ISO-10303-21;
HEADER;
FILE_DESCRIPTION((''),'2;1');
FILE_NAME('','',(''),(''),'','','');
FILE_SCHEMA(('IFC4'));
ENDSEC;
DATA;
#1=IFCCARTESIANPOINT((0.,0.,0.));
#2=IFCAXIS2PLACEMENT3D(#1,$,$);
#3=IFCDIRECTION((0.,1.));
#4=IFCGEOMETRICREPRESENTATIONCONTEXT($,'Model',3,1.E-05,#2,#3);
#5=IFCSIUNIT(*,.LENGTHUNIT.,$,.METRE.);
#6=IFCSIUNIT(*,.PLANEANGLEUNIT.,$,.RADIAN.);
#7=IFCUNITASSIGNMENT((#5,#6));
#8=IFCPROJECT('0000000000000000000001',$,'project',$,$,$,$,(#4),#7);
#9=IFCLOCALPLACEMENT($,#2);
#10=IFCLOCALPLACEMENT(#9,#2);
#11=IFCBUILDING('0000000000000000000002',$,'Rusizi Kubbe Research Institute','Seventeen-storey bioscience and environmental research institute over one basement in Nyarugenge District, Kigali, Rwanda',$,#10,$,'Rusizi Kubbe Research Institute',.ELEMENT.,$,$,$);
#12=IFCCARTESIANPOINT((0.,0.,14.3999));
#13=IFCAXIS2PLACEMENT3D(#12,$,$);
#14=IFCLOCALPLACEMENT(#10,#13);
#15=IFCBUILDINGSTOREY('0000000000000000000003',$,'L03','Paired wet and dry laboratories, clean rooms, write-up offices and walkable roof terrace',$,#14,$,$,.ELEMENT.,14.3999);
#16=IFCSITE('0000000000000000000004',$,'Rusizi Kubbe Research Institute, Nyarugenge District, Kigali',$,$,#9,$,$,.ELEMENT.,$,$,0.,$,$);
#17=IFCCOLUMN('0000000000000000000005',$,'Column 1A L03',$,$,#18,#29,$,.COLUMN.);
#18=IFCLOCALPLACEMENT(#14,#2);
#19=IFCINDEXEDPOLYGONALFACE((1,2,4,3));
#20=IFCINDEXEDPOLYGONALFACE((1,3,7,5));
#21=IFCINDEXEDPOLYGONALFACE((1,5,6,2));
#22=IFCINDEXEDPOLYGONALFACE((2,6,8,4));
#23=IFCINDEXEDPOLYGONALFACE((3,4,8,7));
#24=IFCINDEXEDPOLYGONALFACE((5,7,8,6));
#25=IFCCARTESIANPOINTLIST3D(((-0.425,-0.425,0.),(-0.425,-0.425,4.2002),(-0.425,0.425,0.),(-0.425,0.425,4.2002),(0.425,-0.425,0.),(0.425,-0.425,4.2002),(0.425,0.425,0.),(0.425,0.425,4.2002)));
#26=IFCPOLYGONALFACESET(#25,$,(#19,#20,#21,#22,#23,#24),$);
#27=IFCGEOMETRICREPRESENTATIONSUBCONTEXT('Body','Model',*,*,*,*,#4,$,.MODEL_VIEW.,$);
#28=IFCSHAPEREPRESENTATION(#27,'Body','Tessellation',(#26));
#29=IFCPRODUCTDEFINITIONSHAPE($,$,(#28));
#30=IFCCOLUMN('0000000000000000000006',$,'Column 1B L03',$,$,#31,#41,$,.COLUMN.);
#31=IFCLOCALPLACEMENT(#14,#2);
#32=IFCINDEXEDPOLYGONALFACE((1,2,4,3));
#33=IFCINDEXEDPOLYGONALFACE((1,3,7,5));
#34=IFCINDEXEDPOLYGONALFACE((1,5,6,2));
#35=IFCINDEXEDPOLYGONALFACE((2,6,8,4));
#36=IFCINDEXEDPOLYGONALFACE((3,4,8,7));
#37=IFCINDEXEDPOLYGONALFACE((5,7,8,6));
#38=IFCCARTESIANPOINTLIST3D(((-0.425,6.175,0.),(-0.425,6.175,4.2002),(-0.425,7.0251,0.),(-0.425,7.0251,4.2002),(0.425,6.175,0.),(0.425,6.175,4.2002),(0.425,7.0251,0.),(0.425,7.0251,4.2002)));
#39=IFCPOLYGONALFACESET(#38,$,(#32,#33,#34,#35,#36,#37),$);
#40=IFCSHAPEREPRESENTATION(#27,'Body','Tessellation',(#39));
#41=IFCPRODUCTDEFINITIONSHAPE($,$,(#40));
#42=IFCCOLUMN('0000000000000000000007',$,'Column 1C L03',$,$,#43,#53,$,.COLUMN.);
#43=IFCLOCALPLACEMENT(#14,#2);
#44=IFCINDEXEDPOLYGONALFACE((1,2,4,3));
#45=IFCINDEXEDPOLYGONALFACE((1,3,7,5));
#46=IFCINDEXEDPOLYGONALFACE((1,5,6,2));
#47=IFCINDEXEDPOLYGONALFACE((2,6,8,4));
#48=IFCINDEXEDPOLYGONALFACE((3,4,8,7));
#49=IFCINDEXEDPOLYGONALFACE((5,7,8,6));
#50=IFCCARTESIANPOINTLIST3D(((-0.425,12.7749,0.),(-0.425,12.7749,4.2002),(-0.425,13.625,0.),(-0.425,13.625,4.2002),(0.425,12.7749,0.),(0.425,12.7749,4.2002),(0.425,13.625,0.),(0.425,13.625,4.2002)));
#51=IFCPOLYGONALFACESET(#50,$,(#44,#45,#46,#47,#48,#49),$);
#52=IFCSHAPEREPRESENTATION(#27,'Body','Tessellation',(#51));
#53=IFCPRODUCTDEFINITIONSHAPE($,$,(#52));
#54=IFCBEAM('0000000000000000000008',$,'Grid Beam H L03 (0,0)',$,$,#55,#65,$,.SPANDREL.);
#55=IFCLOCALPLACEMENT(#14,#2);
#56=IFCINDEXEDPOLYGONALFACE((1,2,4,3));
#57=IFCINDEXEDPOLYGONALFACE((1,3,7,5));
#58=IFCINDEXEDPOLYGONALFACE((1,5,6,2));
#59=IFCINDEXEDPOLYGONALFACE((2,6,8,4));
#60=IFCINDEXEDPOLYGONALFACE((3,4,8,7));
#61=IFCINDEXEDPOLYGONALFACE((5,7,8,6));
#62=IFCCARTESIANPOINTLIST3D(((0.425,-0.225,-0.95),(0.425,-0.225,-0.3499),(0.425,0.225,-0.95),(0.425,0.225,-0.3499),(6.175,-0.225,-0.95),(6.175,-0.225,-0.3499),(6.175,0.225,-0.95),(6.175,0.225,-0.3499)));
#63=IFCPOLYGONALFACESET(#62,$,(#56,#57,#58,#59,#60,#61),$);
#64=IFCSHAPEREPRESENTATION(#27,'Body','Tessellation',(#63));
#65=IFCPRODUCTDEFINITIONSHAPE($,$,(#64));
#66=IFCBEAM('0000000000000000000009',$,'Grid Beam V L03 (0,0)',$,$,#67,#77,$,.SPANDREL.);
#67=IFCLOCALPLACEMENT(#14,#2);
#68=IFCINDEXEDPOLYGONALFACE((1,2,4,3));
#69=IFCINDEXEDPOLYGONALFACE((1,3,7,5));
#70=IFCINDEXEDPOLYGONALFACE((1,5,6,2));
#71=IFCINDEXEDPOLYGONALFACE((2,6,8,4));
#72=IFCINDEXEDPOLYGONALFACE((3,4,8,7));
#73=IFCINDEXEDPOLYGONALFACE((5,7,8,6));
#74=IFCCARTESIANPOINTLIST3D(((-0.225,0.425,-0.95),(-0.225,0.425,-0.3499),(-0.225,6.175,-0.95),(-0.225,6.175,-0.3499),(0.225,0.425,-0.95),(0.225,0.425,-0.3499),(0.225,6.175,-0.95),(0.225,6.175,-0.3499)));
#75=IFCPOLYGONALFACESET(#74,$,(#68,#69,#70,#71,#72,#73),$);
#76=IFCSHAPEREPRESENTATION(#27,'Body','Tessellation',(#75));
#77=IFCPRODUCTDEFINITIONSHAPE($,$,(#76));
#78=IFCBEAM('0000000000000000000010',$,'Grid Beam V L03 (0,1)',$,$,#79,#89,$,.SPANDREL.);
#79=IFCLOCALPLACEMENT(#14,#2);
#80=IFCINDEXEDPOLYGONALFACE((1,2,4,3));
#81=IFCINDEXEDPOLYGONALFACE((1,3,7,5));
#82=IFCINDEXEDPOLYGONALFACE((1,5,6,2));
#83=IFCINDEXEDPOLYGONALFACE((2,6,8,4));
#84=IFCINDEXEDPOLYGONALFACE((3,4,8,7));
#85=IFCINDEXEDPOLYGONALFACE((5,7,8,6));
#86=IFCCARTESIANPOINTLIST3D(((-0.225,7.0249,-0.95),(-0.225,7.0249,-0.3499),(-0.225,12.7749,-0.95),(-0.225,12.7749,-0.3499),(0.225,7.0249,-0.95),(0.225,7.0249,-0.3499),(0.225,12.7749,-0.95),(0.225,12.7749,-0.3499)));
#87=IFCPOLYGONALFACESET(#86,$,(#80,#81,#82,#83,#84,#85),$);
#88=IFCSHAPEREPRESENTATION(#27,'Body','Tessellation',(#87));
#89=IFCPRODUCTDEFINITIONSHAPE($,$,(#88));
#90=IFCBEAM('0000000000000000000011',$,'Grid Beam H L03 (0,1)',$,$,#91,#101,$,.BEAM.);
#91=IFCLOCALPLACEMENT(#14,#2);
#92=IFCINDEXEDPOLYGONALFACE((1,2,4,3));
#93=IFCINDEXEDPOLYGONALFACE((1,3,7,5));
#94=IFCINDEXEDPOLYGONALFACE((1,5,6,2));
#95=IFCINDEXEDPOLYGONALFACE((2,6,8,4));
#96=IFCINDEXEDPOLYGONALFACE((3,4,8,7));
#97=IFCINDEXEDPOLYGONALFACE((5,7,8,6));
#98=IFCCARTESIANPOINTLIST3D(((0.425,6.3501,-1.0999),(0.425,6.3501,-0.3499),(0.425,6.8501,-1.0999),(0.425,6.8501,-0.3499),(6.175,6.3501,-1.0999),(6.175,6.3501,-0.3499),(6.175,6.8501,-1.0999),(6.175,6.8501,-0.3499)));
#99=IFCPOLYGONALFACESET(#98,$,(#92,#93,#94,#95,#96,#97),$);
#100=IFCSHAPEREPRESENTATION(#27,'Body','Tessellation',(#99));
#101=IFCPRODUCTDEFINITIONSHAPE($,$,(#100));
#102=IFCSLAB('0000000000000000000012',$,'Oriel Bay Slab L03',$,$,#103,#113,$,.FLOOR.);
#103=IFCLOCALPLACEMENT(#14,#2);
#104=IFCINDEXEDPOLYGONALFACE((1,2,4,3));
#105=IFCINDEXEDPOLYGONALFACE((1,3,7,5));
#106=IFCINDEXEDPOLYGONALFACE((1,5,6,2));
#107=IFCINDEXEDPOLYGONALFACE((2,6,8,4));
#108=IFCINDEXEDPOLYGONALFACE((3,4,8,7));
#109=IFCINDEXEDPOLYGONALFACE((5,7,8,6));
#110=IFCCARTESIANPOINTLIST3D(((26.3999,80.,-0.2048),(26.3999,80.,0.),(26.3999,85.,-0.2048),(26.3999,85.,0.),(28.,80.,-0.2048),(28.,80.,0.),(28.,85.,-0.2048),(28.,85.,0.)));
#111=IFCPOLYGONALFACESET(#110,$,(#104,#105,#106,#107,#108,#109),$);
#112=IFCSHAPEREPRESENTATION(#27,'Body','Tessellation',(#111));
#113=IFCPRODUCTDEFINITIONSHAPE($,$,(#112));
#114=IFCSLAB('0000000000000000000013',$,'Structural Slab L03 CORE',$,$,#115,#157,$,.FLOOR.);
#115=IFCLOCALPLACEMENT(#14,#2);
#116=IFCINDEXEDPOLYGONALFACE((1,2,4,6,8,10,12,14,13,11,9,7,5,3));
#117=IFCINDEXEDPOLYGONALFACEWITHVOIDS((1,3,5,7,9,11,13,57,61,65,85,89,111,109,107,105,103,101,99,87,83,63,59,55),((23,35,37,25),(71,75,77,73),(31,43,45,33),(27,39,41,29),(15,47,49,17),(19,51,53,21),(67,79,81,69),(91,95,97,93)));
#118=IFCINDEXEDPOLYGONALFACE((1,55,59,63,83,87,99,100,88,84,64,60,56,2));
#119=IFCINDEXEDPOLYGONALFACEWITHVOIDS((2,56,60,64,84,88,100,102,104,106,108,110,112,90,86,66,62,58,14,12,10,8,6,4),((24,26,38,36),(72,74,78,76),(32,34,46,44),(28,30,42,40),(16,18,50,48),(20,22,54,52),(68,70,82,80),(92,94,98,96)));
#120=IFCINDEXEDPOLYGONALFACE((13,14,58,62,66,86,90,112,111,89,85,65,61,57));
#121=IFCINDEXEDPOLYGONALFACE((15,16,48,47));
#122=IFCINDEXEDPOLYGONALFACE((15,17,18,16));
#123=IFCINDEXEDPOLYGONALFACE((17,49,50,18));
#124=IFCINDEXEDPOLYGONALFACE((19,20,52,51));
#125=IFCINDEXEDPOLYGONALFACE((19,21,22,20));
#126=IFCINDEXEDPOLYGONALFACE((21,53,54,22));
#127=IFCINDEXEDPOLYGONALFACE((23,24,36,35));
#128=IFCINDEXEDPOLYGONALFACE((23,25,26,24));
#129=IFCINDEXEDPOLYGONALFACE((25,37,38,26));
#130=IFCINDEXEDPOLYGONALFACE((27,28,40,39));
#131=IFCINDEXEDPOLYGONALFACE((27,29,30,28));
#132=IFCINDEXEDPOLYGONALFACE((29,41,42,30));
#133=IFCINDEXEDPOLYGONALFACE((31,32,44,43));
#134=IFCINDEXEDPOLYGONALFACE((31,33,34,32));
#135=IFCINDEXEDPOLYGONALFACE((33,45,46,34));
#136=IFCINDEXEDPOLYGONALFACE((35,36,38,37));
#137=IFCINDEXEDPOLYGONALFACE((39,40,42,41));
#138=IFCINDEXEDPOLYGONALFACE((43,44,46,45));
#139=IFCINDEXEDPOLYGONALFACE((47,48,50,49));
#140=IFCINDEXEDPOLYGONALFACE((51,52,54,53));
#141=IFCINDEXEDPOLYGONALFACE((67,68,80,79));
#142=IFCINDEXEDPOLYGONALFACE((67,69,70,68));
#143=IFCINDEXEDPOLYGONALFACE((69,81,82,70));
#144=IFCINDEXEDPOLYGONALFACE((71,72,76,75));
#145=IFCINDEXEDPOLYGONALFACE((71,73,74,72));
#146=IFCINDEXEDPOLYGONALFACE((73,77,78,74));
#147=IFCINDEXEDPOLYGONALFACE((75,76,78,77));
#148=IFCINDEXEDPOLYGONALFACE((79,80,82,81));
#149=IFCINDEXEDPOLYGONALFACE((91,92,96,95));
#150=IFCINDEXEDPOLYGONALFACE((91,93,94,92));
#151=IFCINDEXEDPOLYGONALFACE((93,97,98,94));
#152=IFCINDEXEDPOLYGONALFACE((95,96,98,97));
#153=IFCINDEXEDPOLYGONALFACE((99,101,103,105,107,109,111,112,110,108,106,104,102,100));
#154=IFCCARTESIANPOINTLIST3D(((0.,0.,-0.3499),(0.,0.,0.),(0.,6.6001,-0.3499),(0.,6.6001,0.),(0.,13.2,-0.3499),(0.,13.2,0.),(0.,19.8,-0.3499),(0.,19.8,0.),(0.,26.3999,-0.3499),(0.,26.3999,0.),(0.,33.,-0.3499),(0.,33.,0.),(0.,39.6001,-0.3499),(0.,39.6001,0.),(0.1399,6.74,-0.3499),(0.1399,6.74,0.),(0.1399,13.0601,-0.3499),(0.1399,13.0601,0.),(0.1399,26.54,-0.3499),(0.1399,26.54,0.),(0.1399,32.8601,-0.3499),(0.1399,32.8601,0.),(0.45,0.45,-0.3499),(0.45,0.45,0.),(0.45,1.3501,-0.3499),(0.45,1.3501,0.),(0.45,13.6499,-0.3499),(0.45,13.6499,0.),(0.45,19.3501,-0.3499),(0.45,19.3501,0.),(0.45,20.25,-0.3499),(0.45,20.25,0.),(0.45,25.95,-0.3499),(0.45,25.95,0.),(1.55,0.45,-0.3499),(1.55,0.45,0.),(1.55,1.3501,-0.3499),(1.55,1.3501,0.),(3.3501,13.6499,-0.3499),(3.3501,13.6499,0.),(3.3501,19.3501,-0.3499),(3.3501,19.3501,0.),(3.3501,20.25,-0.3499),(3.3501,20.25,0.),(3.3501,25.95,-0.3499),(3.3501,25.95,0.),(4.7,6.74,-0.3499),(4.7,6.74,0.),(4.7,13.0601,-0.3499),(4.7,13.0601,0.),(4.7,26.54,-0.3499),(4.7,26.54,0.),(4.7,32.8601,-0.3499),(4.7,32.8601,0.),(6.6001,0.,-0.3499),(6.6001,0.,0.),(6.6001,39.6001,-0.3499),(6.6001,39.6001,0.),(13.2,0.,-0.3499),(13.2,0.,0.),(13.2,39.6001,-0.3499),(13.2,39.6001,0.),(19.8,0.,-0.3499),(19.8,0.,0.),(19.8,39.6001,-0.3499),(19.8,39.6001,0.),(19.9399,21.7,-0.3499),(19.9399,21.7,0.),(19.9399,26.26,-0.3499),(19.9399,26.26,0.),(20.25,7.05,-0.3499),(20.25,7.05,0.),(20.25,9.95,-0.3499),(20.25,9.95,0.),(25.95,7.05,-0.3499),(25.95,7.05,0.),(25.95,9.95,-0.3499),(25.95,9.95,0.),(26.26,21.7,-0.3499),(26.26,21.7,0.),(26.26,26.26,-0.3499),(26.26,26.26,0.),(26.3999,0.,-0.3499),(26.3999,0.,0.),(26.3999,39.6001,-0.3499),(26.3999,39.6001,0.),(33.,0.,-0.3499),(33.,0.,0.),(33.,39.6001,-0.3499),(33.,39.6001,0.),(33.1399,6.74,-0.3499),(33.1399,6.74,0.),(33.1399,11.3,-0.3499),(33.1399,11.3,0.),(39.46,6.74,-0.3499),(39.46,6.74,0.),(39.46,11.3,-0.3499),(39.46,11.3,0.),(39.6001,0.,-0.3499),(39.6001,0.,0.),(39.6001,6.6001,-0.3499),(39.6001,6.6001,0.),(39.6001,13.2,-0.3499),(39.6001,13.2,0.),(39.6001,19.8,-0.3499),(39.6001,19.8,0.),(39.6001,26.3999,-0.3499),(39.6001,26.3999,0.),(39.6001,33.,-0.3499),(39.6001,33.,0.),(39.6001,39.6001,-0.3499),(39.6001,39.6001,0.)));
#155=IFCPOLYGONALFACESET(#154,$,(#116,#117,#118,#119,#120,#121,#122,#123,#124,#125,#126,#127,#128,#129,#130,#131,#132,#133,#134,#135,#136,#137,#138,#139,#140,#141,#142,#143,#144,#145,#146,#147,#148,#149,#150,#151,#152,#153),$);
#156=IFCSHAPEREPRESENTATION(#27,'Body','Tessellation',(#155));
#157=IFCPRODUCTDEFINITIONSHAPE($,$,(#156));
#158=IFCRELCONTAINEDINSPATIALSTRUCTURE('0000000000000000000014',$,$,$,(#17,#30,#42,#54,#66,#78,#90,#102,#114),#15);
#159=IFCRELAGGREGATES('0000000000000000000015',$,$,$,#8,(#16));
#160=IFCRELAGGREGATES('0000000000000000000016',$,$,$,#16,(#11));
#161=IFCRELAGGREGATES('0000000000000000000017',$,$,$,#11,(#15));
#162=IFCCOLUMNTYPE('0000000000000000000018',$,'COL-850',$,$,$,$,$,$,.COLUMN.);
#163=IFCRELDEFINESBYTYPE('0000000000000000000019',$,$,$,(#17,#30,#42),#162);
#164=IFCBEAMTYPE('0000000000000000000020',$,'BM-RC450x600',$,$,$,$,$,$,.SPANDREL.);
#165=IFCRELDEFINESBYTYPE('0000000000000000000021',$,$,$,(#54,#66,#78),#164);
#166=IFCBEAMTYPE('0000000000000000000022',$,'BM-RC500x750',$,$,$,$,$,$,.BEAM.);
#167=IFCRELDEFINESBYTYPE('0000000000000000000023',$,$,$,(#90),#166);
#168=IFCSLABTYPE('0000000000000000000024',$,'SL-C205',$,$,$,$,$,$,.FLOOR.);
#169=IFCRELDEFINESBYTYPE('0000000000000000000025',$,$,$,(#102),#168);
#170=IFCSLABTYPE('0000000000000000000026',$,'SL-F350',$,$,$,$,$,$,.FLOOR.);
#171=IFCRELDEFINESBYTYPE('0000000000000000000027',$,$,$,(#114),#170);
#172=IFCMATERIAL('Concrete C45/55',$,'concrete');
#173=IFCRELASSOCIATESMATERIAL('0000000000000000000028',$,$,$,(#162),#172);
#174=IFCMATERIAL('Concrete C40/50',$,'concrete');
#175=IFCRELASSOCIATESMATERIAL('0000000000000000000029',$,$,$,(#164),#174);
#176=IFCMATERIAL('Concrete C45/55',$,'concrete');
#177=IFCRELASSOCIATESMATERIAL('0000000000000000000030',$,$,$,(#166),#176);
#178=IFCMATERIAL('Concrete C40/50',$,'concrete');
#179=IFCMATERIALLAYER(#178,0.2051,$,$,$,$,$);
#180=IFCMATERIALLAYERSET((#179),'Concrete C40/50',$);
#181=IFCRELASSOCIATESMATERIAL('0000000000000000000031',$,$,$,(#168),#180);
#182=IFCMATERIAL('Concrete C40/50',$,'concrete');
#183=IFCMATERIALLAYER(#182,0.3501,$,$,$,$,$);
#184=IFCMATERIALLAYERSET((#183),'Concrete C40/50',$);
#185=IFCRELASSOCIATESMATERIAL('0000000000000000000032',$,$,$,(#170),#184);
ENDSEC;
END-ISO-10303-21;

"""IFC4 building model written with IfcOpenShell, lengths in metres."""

from ifc_helpers import new_model, si_unit, direction, frame, origin, origin_2d, place, context, subcontext, project, spatial, polyline, rectangle, outline, extrude, material, layer, layer_set, material_profile, profile_set, type_object, element, save


model = new_model("IFC4")

# Units and contexts
model_context = context("Model", 3, precision=1e-05, world=origin(), true_north=direction((0.0, 1.0)))
body_context = subcontext(model_context, "Body", "Model", "MODEL_VIEW")
ifc_project = project(units=[si_unit("LENGTHUNIT", "METRE"), si_unit("PLANEANGLEUNIT", "RADIAN")], contexts=[model_context])

# Site, building, storey
site_placement = place(None, origin())
site = spatial("IfcSite", under=ifc_project, at=site_placement, Name="Rusizi Kubbe Research Institute, Nyarugenge District, Kigali", CompositionType="ELEMENT", RefElevation=0.0)
building_placement = place(site_placement, origin())
building = spatial("IfcBuilding", under=site, at=building_placement, Name="Rusizi Kubbe Research Institute", Description="Seventeen-storey bioscience and environmental research institute over one basement in Nyarugenge District, Kigali, Rwanda", LongName="Rusizi Kubbe Research Institute", CompositionType="ELEMENT")
storey_placement = place(building_placement, frame((0.0, 0.0, 14.3999)))
storey = spatial("IfcBuildingStorey", under=building, at=storey_placement, Name="L03", Description="Paired wet and dry laboratories, clean rooms, write-up offices and walkable roof terrace", CompositionType="ELEMENT", Elevation=14.3999)

# Columns
ifc_material_1 = material(Name="Concrete C45/55", Category="concrete")
ifc_material_profile_1 = material_profile(ifc_material_1, rectangle(XDim=0.8501, YDim=0.8501, at=origin_2d()), Name="RC850x850")
ifc_profile_set_1 = profile_set([ifc_material_profile_1], Name="Concrete C45/55")
column_type = type_object("IfcColumnType", Name="COL-850", PredefinedType="COLUMN", material=ifc_profile_set_1)
for number, where, z_axis, x_axis, name in (
    (1, (0.0, 0.0, 0.0), (0.0, 0.0, 1.0), (1.0, 0.0, 0.0), "Column 1A L03"),
    (2, (0.0, 6.6001, 0.0), (0.0, 0.0, 1.0), (1.0, 0.0, 0.0), "Column 1B L03"),
    (3, (0.0, 13.2, 0.0), (0.0, 0.0, 1.0), (1.0, 0.0, 0.0), "Column 1C L03"),
):
    element("IfcColumn", number, at=place(storey_placement, frame(where, z_axis=z_axis, x_axis=x_axis)), inside=storey, type_object=column_type, Name=name, PredefinedType="COLUMN", context=body_context, shape_type="SweptSolid", body=[
        extrude(rectangle(XDim=0.8501, YDim=0.8501, at=origin_2d()), origin(), (0.0, 0.0, 1.0), 4.2002),
    ])

# Beams
ifc_material_2 = material(Name="Concrete C40/50", Category="concrete")
ifc_material_profile_2 = material_profile(ifc_material_2, rectangle(XDim=0.45, YDim=0.6001, at=origin_2d()), Name="RC450x600")
ifc_profile_set_2 = profile_set([ifc_material_profile_2], Name="Concrete C40/50")
beam_type_1 = type_object("IfcBeamType", Name="BM-RC450x600", PredefinedType="SPANDREL", material=ifc_profile_set_2)
for number, where, z_axis, x_axis, name in (
    (4, (0.425, 0.0, -0.6499), (1.0, 0.0, 0.0), (0.0, 1.0, 0.0), "Grid Beam H L03 (0,0)"),
    (5, (0.0, 0.425, -0.6499), (0.0, 1.0, 0.0), (-1.0, 0.0, 0.0), "Grid Beam V L03 (0,0)"),
    (6, (0.0, 7.0249, -0.6499), (0.0, 1.0, 0.0), (-1.0, 0.0, 0.0), "Grid Beam V L03 (0,1)"),
):
    element("IfcBeam", number, at=place(storey_placement, frame(where, z_axis=z_axis, x_axis=x_axis)), inside=storey, type_object=beam_type_1, Name=name, PredefinedType="SPANDREL", context=body_context, shape_type="SweptSolid", body=[
        extrude(rectangle(XDim=0.45, YDim=0.6001, at=origin_2d()), origin(), (0.0, 0.0, 1.0), 5.75),
    ])
ifc_material_3 = material(Name="Concrete C45/55", Category="concrete")
ifc_material_profile_3 = material_profile(ifc_material_3, rectangle(XDim=0.5, YDim=0.75, at=origin_2d()), Name="RC500x750B")
ifc_profile_set_3 = profile_set([ifc_material_profile_3], Name="Concrete C45/55")
beam_type_2 = type_object("IfcBeamType", Name="BM-RC500x750", PredefinedType="BEAM", material=ifc_profile_set_3)
beam_placement = place(storey_placement, frame((0.425, 6.6001, -0.7249), z_axis=(1.0, 0.0, 0.0), x_axis=(0.0, 1.0, 0.0)))
element("IfcBeam", 7, at=beam_placement, inside=storey, type_object=beam_type_2, Name="Grid Beam H L03 (0,1)", PredefinedType="BEAM", context=body_context, shape_type="SweptSolid", body=[
    extrude(rectangle(XDim=0.5, YDim=0.75, at=origin_2d()), origin(), (0.0, 0.0, 1.0), 5.75),
])

# Slabs
ifc_material_4 = material(Name="Concrete C40/50", Category="concrete")
ifc_layer_1 = layer(ifc_material_4, 0.2051)
ifc_layer_set_1 = layer_set([ifc_layer_1], Name="Concrete C40/50")
slab_type_1 = type_object("IfcSlabType", Name="SL-C205", PredefinedType="FLOOR", material=ifc_layer_set_1)
slab_1_placement = place(storey_placement, frame((0.0, 0.0, -0.2048)))
element("IfcSlab", 8, at=slab_1_placement, inside=storey, type_object=slab_type_1, Name="Oriel Bay Slab L03", PredefinedType="FLOOR", context=body_context, shape_type="SweptSolid", body=[
    extrude(outline(polyline([(28.0, 80.0), (28.0, 85.0), (26.3999, 85.0), (26.3999, 80.0), (28.0, 80.0)])), origin(), (0.0, 0.0, 1.0), 0.2048),
])
ifc_material_5 = material(Name="Concrete C40/50", Category="concrete")
ifc_layer_2 = layer(ifc_material_5, 0.3501)
ifc_layer_set_2 = layer_set([ifc_layer_2], Name="Concrete C40/50")
slab_type_2 = type_object("IfcSlabType", Name="SL-F350", PredefinedType="FLOOR", material=ifc_layer_set_2)
slab_2_placement = place(storey_placement, frame((0.0, 0.0, -0.3499)))
element("IfcSlab", 9, at=slab_2_placement, inside=storey, type_object=slab_type_2, Name="Structural Slab L03 CORE", PredefinedType="FLOOR", context=body_context, shape_type="SweptSolid", body=[
    extrude(outline(polyline([(6.6001, 0.0), (0.0, 0.0), (0.0, 6.6001), (0.0, 13.2), (0.0, 19.8), (0.0, 26.3999), (0.0, 33.0), (0.0, 39.6001), (6.6001, 39.6001), (13.2, 39.6001), (19.8, 39.6001), (26.3999, 39.6001), (33.0, 39.6001), (39.6001, 39.6001), (39.6001, 33.0), (39.6001, 26.3999), (39.6001, 19.8), (39.6001, 13.2), (39.6001, 6.6001), (39.6001, 0.0), (33.0, 0.0), (26.3999, 0.0), (19.8, 0.0), (13.2, 0.0), (6.6001, 0.0)]), holes=[polyline([(0.45, 1.3501), (0.45, 0.45), (1.55, 0.45), (1.55, 1.3501), (0.45, 1.3501)]), polyline([(20.25, 9.95), (20.25, 7.05), (25.95, 7.05), (25.95, 9.95), (20.25, 9.95)]), polyline([(33.1399, 11.3), (33.1399, 6.74), (39.46, 6.74), (39.46, 11.3), (33.1399, 11.3)]), polyline([(0.1399, 13.0601), (0.1399, 6.74), (4.7, 6.74), (4.7, 13.0601), (0.1399, 13.0601)]), polyline([(0.45, 19.3501), (0.45, 13.6499), (3.3501, 13.6499), (3.3501, 19.3501), (0.45, 19.3501)]), polyline([(0.45, 25.95), (0.45, 20.25), (3.3501, 20.25), (3.3501, 25.95), (0.45, 25.95)]), polyline([(19.9399, 26.26), (19.9399, 21.7), (26.26, 21.7), (26.26, 26.26), (19.9399, 26.26)]), polyline([(4.7, 32.8601), (0.1399, 32.8601), (0.1399, 26.54), (4.7, 26.54), (4.7, 32.8601)])]), origin(), (0.0, 0.0, 1.0), 0.3499),
])

save(model, "model.ifc")
